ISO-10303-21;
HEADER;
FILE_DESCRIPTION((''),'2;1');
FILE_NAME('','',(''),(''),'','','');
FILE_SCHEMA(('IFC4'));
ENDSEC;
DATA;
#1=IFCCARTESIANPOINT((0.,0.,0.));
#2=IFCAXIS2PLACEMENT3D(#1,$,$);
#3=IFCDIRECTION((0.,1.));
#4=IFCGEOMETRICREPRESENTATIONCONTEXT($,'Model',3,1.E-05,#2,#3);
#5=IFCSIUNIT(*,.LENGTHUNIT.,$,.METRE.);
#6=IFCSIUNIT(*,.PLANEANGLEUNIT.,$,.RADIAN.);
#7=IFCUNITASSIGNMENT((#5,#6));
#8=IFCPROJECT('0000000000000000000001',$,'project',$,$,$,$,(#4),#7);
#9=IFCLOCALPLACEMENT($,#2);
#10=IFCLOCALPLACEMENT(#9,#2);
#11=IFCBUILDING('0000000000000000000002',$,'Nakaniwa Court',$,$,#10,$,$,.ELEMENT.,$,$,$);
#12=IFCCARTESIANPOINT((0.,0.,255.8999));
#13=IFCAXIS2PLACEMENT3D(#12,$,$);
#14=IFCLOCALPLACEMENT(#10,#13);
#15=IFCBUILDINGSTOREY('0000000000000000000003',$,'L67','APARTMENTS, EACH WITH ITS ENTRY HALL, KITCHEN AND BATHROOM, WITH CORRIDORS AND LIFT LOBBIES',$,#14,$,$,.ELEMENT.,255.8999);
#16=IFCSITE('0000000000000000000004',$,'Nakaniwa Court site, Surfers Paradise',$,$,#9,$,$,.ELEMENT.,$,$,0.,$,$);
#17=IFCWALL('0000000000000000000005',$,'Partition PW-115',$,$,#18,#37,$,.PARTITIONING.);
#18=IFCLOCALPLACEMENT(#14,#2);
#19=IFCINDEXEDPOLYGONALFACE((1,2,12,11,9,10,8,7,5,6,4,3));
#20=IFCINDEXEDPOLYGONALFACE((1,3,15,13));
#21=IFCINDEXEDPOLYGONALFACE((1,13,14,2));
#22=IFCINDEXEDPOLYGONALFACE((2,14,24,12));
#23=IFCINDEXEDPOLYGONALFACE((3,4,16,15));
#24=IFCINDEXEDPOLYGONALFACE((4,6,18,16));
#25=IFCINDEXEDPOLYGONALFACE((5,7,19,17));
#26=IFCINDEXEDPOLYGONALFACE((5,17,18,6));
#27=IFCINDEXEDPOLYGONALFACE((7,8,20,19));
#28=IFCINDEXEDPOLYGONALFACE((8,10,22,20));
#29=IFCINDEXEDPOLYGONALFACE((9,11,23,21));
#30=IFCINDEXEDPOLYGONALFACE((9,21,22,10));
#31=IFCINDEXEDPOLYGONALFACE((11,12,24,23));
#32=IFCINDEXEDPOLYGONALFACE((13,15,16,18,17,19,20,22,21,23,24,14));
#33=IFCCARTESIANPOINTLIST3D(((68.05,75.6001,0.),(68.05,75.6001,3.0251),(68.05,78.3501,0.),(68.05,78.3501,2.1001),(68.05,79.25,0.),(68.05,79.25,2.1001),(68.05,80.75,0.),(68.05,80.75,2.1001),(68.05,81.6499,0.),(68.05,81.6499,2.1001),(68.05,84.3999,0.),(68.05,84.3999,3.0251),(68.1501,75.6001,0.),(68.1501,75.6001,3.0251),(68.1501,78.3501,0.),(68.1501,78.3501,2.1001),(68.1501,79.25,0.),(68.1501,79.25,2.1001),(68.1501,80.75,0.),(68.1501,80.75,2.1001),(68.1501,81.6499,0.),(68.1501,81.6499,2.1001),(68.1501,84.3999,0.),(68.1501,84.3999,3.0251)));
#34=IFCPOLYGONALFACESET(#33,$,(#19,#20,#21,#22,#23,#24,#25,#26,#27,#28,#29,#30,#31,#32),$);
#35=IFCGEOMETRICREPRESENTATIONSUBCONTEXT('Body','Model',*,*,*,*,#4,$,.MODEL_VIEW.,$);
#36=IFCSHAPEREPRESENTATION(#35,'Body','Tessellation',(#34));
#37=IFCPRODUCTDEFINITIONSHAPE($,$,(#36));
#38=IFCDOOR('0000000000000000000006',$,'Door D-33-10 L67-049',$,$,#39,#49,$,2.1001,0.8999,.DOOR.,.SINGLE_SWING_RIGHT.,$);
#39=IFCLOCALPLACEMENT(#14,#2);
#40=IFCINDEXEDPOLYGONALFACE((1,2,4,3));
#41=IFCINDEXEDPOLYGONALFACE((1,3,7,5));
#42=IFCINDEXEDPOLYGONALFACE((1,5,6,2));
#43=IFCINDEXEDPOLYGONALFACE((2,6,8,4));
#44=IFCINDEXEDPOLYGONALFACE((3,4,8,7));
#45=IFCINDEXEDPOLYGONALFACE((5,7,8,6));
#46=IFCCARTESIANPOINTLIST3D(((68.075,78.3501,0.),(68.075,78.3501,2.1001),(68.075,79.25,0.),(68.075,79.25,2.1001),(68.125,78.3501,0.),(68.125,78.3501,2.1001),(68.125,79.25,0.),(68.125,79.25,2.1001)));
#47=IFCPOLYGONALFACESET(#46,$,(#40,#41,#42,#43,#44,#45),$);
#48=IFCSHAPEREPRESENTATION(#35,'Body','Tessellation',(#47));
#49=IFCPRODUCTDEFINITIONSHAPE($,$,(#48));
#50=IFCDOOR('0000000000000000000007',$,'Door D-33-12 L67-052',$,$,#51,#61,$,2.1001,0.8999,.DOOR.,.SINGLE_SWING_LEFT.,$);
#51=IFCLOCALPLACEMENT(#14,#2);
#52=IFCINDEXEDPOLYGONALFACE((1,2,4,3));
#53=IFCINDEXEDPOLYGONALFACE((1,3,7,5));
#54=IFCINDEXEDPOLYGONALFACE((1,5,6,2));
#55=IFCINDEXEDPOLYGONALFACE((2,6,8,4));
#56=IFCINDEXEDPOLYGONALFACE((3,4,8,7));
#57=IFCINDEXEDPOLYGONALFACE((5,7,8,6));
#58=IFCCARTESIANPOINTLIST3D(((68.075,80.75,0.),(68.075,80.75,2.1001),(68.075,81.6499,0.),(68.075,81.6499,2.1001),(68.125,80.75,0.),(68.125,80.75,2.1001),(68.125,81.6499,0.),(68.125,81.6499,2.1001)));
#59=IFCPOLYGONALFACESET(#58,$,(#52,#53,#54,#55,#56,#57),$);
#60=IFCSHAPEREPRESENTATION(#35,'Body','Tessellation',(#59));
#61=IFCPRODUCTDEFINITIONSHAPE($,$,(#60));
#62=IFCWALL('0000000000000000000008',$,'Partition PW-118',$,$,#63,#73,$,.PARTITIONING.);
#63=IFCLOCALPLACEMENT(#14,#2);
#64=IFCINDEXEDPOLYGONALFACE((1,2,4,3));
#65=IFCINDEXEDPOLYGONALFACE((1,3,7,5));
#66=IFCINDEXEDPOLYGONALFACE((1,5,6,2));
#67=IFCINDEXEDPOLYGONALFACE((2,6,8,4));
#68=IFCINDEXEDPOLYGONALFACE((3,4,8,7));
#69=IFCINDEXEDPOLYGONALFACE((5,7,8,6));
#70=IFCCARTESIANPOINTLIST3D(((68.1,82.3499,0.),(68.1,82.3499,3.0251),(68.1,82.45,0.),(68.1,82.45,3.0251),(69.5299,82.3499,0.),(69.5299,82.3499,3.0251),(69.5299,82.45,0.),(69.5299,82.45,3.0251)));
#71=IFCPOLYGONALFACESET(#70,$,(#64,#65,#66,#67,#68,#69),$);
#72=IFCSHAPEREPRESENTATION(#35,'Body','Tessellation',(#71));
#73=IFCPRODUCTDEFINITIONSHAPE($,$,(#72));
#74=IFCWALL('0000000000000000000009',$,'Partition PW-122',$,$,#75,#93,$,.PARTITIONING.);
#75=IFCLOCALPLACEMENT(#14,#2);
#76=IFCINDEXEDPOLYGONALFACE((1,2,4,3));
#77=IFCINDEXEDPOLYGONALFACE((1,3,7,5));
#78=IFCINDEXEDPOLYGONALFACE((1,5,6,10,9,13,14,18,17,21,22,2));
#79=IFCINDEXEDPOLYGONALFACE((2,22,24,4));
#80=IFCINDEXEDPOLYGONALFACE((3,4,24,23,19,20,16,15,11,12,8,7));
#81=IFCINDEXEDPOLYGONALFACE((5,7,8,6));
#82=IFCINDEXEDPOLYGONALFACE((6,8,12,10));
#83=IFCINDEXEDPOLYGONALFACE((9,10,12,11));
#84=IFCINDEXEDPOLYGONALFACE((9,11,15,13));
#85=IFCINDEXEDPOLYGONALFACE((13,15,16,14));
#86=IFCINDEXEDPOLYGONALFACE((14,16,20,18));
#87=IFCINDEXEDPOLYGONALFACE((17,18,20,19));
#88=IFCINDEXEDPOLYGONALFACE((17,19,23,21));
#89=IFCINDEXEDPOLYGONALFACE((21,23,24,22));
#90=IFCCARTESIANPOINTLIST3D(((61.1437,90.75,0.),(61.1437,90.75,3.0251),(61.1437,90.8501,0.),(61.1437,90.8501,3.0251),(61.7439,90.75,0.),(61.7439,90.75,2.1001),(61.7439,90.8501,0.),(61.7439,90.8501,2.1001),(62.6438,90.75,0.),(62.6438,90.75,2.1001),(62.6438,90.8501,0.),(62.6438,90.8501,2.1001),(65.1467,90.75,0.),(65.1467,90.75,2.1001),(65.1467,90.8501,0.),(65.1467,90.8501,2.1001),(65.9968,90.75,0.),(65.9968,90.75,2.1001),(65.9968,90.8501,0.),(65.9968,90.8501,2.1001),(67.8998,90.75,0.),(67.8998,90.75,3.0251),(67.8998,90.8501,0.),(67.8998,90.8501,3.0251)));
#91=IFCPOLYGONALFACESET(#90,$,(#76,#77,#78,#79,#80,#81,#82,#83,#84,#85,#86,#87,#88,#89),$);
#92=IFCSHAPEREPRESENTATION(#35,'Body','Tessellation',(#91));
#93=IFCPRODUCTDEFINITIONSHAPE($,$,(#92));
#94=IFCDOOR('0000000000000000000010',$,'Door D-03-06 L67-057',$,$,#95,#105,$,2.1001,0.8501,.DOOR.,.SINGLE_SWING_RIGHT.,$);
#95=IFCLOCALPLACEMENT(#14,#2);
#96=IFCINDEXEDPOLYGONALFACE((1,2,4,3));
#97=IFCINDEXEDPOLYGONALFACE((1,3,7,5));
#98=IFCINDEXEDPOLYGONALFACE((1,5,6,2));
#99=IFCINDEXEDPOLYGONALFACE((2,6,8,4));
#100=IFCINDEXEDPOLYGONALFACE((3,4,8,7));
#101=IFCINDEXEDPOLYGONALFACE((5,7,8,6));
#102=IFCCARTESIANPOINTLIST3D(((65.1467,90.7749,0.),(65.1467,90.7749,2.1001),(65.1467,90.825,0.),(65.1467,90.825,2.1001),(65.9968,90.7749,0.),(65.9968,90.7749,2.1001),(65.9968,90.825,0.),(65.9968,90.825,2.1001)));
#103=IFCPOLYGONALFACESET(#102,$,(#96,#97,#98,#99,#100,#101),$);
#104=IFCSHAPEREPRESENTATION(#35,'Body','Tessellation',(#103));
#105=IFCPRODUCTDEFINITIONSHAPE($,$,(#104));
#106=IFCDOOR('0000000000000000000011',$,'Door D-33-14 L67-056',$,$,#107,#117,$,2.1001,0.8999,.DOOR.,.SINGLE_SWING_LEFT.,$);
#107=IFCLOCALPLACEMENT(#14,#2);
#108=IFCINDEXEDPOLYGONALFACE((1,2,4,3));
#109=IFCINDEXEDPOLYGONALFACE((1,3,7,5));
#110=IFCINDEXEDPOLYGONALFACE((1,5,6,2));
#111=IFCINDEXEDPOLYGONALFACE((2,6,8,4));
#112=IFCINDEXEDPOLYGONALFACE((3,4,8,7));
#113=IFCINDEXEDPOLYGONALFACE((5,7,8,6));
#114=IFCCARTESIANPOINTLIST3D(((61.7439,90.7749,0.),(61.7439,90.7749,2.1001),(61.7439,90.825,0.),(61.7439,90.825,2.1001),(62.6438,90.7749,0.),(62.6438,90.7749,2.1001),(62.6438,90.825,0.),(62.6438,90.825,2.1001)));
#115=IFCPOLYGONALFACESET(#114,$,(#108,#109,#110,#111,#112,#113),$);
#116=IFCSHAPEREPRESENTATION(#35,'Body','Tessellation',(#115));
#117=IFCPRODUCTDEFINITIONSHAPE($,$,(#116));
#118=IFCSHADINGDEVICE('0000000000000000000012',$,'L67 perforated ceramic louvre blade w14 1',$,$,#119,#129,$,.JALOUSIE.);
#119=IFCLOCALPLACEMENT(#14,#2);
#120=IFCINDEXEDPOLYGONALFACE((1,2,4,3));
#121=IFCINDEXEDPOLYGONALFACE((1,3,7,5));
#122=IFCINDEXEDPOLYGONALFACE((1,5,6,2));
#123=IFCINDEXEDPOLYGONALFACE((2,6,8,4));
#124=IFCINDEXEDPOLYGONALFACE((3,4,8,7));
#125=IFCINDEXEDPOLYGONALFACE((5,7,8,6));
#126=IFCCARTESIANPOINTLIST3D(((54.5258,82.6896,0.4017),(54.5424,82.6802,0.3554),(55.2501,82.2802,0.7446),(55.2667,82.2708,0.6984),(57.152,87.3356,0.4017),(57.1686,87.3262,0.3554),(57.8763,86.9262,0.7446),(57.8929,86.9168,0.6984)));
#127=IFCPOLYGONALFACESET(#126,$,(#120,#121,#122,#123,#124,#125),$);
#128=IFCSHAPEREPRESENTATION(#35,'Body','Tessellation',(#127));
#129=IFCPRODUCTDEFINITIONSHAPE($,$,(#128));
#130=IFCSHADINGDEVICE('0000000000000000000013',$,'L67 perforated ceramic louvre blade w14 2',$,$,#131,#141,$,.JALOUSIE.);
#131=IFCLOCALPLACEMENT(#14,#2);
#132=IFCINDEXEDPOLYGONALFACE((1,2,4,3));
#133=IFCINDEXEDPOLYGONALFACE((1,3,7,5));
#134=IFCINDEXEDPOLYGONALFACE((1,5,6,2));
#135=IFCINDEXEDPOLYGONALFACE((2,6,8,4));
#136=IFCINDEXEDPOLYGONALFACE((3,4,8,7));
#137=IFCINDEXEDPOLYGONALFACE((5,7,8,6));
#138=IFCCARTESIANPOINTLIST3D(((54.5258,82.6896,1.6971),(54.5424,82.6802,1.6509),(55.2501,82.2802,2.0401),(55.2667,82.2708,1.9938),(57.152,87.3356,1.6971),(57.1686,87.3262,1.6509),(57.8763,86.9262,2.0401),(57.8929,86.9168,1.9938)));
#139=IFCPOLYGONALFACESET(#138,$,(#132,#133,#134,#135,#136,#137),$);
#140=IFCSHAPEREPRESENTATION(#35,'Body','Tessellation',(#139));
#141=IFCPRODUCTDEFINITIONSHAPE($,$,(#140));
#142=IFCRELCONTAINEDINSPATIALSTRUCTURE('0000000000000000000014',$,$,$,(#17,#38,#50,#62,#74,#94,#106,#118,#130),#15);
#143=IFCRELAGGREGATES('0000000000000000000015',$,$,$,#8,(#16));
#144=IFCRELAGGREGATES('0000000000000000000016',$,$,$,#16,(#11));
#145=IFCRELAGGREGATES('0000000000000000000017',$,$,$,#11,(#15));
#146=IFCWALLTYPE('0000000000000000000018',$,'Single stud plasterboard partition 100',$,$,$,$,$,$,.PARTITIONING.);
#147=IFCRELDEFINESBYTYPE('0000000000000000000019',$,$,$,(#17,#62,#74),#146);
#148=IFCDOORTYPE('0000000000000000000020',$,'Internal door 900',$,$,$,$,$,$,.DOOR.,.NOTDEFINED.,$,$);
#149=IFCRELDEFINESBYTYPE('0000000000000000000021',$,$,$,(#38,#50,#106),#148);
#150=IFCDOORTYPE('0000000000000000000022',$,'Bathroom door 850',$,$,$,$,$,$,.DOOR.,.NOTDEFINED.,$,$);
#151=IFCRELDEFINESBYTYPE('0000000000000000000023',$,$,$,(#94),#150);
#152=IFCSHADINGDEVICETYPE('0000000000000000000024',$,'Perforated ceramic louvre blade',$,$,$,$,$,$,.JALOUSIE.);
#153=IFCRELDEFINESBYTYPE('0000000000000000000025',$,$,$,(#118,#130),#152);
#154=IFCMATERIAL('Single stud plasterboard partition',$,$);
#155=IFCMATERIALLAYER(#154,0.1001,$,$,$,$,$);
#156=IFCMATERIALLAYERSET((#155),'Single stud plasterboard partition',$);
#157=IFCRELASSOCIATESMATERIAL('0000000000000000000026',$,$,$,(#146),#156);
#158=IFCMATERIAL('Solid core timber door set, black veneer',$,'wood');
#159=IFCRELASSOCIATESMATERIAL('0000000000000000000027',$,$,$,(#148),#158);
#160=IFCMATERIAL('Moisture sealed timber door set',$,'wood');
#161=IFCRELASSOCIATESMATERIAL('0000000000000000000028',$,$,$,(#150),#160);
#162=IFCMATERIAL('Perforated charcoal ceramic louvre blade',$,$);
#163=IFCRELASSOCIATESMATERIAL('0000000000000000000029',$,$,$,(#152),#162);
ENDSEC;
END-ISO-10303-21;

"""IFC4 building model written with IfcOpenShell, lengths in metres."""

from ifc_helpers import new_model, si_unit, direction, frame, frame_2d, origin, origin_2d, place, context, subcontext, project, spatial, rectangle, extrude, material, layer, layer_set, material_profile, profile_set, type_object, element, fill, save


model = new_model("IFC4")

# Units and contexts
model_context = context("Model", 3, precision=1e-05, world=origin(), true_north=direction((0.0, 1.0)))
body_context = subcontext(model_context, "Body", "Model", "MODEL_VIEW")
ifc_project = project(units=[si_unit("LENGTHUNIT", "METRE"), si_unit("PLANEANGLEUNIT", "RADIAN")], contexts=[model_context])

# Site, building, storey
site_placement = place(None, origin())
site = spatial("IfcSite", under=ifc_project, at=site_placement, Name="Nakaniwa Court site, Surfers Paradise", CompositionType="ELEMENT", RefElevation=0.0)
building_placement = place(site_placement, origin())
building = spatial("IfcBuilding", under=site, at=building_placement, Name="Nakaniwa Court", CompositionType="ELEMENT")
storey_placement = place(building_placement, frame((0.0, 0.0, 255.8999)))
storey = spatial("IfcBuildingStorey", under=building, at=storey_placement, Name="L67", Description="APARTMENTS, EACH WITH ITS ENTRY HALL, KITCHEN AND BATHROOM, WITH CORRIDORS AND LIFT LOBBIES", CompositionType="ELEMENT", Elevation=255.8999)

# Wall, openings, doors
ifc_material_1 = material(Name="Single stud plasterboard partition")
ifc_layer_1 = layer(ifc_material_1, 0.1001)
ifc_layer_set_1 = layer_set([ifc_layer_1], Name="Single stud plasterboard partition")
wall_type_1 = type_object("IfcWallType", Name="Single stud plasterboard partition 100", PredefinedType="PARTITIONING", material=ifc_layer_set_1)
wall_1_placement = place(storey_placement, frame((68.1001, 84.3999, 0.0), z_axis=(0.0, 0.0, 1.0), x_axis=(0.0, -1.0, 0.0)))
wall_1 = element("IfcWall", 1, at=wall_1_placement, inside=storey, type_object=wall_type_1, Name="Partition PW-115", PredefinedType="PARTITIONING", context=body_context, shape_type="SweptSolid", body=[
    extrude(rectangle(XDim=8.7998, YDim=0.1001, at=frame_2d((4.3999, 0.0))), origin(), (0.0, 0.0, 1.0), 3.0251),
])
opening_1_placement = place(wall_1_placement, frame((5.1499, 0.0, 0.0)))
opening_1 = element("IfcOpeningElement", 2, at=opening_1_placement, cuts=wall_1, PredefinedType="OPENING", context=body_context, shape_type="SweptSolid", body=[
    extrude(rectangle(XDim=0.8999, YDim=2.1001, at=frame_2d((0.45, 1.05))), frame((0.0, 0.0601, 0.0), z_axis=(0.0, -1.0, 0.0), x_axis=(1.0, 0.0, 0.0)), (0.0, 0.0, 1.0), 0.1201),
])
opening_2_placement = place(wall_1_placement, frame((2.75, 0.0, 0.0)))
opening_2 = element("IfcOpeningElement", 3, at=opening_2_placement, cuts=wall_1, PredefinedType="OPENING", context=body_context, shape_type="SweptSolid", body=[
    extrude(rectangle(XDim=0.8999, YDim=2.1001, at=frame_2d((0.45, 1.05))), frame((0.0, 0.0601, 0.0), z_axis=(0.0, -1.0, 0.0), x_axis=(1.0, 0.0, 0.0)), (0.0, 0.0, 1.0), 0.1201),
])
ifc_material_2 = material(Name="Solid core timber door set, black veneer", Category="wood")
door_type_1 = type_object("IfcDoorType", Name="Internal door 900", OperationType="NOTDEFINED", PredefinedType="DOOR", material=ifc_material_2)
door_1_placement = place(opening_1_placement, origin())
door_1 = element("IfcDoor", 4, at=door_1_placement, inside=storey, type_object=door_type_1, Name="Door D-33-10 L67-049", OperationType="SINGLE_SWING_RIGHT", OverallHeight=2.1001, OverallWidth=0.8999, PredefinedType="DOOR", context=body_context, shape_type="SweptSolid", body=[
    extrude(rectangle(XDim=0.8999, YDim=2.1001, at=frame_2d((0.45, 1.05))), frame((0.0, 0.0249, 0.0), z_axis=(0.0, -1.0, 0.0), x_axis=(1.0, 0.0, 0.0)), (0.0, 0.0, 1.0), 0.05),
])
fill(opening_1, door_1)
door_2_placement = place(opening_2_placement, origin())
door_2 = element("IfcDoor", 5, at=door_2_placement, inside=storey, type_object=door_type_1, Name="Door D-33-12 L67-052", OperationType="SINGLE_SWING_LEFT", OverallHeight=2.1001, OverallWidth=0.8999, PredefinedType="DOOR", context=body_context, shape_type="SweptSolid", body=[
    extrude(rectangle(XDim=0.8999, YDim=2.1001, at=frame_2d((0.45, 1.05))), frame((0.0, 0.0249, 0.0), z_axis=(0.0, -1.0, 0.0), x_axis=(1.0, 0.0, 0.0)), (0.0, 0.0, 1.0), 0.05),
])
fill(opening_2, door_2)

# Wall
wall_2_placement = place(storey_placement, frame((68.1001, 82.3999, 0.0), z_axis=(0.0, 0.0, 1.0), x_axis=(1.0, 0.0, 0.0)))
element("IfcWall", 6, at=wall_2_placement, inside=storey, type_object=wall_type_1, Name="Partition PW-118", PredefinedType="PARTITIONING", context=body_context, shape_type="SweptSolid", body=[
    extrude(rectangle(XDim=1.4299, YDim=0.1001, at=frame_2d((0.7148, 0.0))), origin(), (0.0, 0.0, 1.0), 3.0251),
])

# Wall, openings, doors
wall_3_placement = place(storey_placement, frame((61.1438, 90.8, 0.0), z_axis=(0.0, 0.0, 1.0), x_axis=(1.0, 0.0, 0.0)))
wall_3 = element("IfcWall", 7, at=wall_3_placement, inside=storey, type_object=wall_type_1, Name="Partition PW-122", PredefinedType="PARTITIONING", context=body_context, shape_type="SweptSolid", body=[
    extrude(rectangle(XDim=6.7561, YDim=0.1001, at=frame_2d((3.3779, 0.0))), origin(), (0.0, 0.0, 1.0), 3.0251),
])
opening_3_placement = place(wall_3_placement, frame((0.6001, 0.0, 0.0)))
opening_3 = element("IfcOpeningElement", 8, at=opening_3_placement, cuts=wall_3, PredefinedType="OPENING", context=body_context, shape_type="SweptSolid", body=[
    extrude(rectangle(XDim=0.8999, YDim=2.1001, at=frame_2d((0.45, 1.05))), frame((0.0, 0.0601, 0.0), z_axis=(0.0, -1.0, 0.0), x_axis=(1.0, 0.0, 0.0)), (0.0, 0.0, 1.0), 0.1201),
])
opening_4_placement = place(wall_3_placement, frame((4.0029, 0.0, 0.0)))
opening_4 = element("IfcOpeningElement", 9, at=opening_4_placement, cuts=wall_3, PredefinedType="OPENING", context=body_context, shape_type="SweptSolid", body=[
    extrude(rectangle(XDim=0.8501, YDim=2.1001, at=frame_2d((0.425, 1.05))), frame((0.0, 0.0601, 0.0), z_axis=(0.0, -1.0, 0.0), x_axis=(1.0, 0.0, 0.0)), (0.0, 0.0, 1.0), 0.1201),
])
ifc_material_3 = material(Name="Moisture sealed timber door set", Category="wood")
door_type_2 = type_object("IfcDoorType", Name="Bathroom door 850", OperationType="NOTDEFINED", PredefinedType="DOOR", material=ifc_material_3)
door_3_placement = place(opening_4_placement, origin())
door_3 = element("IfcDoor", 10, at=door_3_placement, inside=storey, type_object=door_type_2, Name="Door D-03-06 L67-057", OperationType="SINGLE_SWING_RIGHT", OverallHeight=2.1001, OverallWidth=0.8501, PredefinedType="DOOR", context=body_context, shape_type="SweptSolid", body=[
    extrude(rectangle(XDim=0.8501, YDim=2.1001, at=frame_2d((0.425, 1.05))), frame((0.0, 0.0249, 0.0), z_axis=(0.0, -1.0, 0.0), x_axis=(1.0, 0.0, 0.0)), (0.0, 0.0, 1.0), 0.05),
])
fill(opening_4, door_3)
door_4_placement = place(opening_3_placement, origin())
door_4 = element("IfcDoor", 11, at=door_4_placement, inside=storey, type_object=door_type_1, Name="Door D-33-14 L67-056", OperationType="SINGLE_SWING_LEFT", OverallHeight=2.1001, OverallWidth=0.8999, PredefinedType="DOOR", context=body_context, shape_type="SweptSolid", body=[
    extrude(rectangle(XDim=0.8999, YDim=2.1001, at=frame_2d((0.45, 1.05))), frame((0.0, 0.0249, 0.0), z_axis=(0.0, -1.0, 0.0), x_axis=(1.0, 0.0, 0.0)), (0.0, 0.0, 1.0), 0.05),
])
fill(opening_3, door_4)

# Shading devices
ifc_material_4 = material(Name="Perforated charcoal ceramic louvre blade")
ifc_material_profile_1 = material_profile(ifc_material_4, rectangle(XDim=0.8999, YDim=0.05, at=origin_2d()), Name="Perforated ceramic louvre blade")
ifc_profile_set_1 = profile_set([ifc_material_profile_1], Name="Perforated charcoal ceramic louvre blade")
shading_device_type = type_object("IfcShadingDeviceType", Name="Perforated ceramic louvre blade", PredefinedType="JALOUSIE", material=ifc_profile_set_1)
for number, where, z_axis, x_axis, name in (
    (12, (57.5225, 87.1262, 0.55), (-0.492089, -0.870545, 0.0), (0.804859, -0.454959, 0.38107), "L67 perforated ceramic louvre blade w14 1"),
    (13, (57.5225, 87.1262, 1.8455), (-0.492089, -0.870545, 0.0), (0.804859, -0.454959, 0.38107), "L67 perforated ceramic louvre blade w14 2"),
):
    element("IfcShadingDevice", number, at=place(storey_placement, frame(where, z_axis=z_axis, x_axis=x_axis)), inside=storey, type_object=shading_device_type, Name=name, PredefinedType="JALOUSIE", context=body_context, shape_type="SweptSolid", body=[
        extrude(rectangle(XDim=0.8999, YDim=0.05, at=origin_2d()), origin(), (0.0, 0.0, 1.0), 5.3369),
    ])

save(model, "model.ifc")
